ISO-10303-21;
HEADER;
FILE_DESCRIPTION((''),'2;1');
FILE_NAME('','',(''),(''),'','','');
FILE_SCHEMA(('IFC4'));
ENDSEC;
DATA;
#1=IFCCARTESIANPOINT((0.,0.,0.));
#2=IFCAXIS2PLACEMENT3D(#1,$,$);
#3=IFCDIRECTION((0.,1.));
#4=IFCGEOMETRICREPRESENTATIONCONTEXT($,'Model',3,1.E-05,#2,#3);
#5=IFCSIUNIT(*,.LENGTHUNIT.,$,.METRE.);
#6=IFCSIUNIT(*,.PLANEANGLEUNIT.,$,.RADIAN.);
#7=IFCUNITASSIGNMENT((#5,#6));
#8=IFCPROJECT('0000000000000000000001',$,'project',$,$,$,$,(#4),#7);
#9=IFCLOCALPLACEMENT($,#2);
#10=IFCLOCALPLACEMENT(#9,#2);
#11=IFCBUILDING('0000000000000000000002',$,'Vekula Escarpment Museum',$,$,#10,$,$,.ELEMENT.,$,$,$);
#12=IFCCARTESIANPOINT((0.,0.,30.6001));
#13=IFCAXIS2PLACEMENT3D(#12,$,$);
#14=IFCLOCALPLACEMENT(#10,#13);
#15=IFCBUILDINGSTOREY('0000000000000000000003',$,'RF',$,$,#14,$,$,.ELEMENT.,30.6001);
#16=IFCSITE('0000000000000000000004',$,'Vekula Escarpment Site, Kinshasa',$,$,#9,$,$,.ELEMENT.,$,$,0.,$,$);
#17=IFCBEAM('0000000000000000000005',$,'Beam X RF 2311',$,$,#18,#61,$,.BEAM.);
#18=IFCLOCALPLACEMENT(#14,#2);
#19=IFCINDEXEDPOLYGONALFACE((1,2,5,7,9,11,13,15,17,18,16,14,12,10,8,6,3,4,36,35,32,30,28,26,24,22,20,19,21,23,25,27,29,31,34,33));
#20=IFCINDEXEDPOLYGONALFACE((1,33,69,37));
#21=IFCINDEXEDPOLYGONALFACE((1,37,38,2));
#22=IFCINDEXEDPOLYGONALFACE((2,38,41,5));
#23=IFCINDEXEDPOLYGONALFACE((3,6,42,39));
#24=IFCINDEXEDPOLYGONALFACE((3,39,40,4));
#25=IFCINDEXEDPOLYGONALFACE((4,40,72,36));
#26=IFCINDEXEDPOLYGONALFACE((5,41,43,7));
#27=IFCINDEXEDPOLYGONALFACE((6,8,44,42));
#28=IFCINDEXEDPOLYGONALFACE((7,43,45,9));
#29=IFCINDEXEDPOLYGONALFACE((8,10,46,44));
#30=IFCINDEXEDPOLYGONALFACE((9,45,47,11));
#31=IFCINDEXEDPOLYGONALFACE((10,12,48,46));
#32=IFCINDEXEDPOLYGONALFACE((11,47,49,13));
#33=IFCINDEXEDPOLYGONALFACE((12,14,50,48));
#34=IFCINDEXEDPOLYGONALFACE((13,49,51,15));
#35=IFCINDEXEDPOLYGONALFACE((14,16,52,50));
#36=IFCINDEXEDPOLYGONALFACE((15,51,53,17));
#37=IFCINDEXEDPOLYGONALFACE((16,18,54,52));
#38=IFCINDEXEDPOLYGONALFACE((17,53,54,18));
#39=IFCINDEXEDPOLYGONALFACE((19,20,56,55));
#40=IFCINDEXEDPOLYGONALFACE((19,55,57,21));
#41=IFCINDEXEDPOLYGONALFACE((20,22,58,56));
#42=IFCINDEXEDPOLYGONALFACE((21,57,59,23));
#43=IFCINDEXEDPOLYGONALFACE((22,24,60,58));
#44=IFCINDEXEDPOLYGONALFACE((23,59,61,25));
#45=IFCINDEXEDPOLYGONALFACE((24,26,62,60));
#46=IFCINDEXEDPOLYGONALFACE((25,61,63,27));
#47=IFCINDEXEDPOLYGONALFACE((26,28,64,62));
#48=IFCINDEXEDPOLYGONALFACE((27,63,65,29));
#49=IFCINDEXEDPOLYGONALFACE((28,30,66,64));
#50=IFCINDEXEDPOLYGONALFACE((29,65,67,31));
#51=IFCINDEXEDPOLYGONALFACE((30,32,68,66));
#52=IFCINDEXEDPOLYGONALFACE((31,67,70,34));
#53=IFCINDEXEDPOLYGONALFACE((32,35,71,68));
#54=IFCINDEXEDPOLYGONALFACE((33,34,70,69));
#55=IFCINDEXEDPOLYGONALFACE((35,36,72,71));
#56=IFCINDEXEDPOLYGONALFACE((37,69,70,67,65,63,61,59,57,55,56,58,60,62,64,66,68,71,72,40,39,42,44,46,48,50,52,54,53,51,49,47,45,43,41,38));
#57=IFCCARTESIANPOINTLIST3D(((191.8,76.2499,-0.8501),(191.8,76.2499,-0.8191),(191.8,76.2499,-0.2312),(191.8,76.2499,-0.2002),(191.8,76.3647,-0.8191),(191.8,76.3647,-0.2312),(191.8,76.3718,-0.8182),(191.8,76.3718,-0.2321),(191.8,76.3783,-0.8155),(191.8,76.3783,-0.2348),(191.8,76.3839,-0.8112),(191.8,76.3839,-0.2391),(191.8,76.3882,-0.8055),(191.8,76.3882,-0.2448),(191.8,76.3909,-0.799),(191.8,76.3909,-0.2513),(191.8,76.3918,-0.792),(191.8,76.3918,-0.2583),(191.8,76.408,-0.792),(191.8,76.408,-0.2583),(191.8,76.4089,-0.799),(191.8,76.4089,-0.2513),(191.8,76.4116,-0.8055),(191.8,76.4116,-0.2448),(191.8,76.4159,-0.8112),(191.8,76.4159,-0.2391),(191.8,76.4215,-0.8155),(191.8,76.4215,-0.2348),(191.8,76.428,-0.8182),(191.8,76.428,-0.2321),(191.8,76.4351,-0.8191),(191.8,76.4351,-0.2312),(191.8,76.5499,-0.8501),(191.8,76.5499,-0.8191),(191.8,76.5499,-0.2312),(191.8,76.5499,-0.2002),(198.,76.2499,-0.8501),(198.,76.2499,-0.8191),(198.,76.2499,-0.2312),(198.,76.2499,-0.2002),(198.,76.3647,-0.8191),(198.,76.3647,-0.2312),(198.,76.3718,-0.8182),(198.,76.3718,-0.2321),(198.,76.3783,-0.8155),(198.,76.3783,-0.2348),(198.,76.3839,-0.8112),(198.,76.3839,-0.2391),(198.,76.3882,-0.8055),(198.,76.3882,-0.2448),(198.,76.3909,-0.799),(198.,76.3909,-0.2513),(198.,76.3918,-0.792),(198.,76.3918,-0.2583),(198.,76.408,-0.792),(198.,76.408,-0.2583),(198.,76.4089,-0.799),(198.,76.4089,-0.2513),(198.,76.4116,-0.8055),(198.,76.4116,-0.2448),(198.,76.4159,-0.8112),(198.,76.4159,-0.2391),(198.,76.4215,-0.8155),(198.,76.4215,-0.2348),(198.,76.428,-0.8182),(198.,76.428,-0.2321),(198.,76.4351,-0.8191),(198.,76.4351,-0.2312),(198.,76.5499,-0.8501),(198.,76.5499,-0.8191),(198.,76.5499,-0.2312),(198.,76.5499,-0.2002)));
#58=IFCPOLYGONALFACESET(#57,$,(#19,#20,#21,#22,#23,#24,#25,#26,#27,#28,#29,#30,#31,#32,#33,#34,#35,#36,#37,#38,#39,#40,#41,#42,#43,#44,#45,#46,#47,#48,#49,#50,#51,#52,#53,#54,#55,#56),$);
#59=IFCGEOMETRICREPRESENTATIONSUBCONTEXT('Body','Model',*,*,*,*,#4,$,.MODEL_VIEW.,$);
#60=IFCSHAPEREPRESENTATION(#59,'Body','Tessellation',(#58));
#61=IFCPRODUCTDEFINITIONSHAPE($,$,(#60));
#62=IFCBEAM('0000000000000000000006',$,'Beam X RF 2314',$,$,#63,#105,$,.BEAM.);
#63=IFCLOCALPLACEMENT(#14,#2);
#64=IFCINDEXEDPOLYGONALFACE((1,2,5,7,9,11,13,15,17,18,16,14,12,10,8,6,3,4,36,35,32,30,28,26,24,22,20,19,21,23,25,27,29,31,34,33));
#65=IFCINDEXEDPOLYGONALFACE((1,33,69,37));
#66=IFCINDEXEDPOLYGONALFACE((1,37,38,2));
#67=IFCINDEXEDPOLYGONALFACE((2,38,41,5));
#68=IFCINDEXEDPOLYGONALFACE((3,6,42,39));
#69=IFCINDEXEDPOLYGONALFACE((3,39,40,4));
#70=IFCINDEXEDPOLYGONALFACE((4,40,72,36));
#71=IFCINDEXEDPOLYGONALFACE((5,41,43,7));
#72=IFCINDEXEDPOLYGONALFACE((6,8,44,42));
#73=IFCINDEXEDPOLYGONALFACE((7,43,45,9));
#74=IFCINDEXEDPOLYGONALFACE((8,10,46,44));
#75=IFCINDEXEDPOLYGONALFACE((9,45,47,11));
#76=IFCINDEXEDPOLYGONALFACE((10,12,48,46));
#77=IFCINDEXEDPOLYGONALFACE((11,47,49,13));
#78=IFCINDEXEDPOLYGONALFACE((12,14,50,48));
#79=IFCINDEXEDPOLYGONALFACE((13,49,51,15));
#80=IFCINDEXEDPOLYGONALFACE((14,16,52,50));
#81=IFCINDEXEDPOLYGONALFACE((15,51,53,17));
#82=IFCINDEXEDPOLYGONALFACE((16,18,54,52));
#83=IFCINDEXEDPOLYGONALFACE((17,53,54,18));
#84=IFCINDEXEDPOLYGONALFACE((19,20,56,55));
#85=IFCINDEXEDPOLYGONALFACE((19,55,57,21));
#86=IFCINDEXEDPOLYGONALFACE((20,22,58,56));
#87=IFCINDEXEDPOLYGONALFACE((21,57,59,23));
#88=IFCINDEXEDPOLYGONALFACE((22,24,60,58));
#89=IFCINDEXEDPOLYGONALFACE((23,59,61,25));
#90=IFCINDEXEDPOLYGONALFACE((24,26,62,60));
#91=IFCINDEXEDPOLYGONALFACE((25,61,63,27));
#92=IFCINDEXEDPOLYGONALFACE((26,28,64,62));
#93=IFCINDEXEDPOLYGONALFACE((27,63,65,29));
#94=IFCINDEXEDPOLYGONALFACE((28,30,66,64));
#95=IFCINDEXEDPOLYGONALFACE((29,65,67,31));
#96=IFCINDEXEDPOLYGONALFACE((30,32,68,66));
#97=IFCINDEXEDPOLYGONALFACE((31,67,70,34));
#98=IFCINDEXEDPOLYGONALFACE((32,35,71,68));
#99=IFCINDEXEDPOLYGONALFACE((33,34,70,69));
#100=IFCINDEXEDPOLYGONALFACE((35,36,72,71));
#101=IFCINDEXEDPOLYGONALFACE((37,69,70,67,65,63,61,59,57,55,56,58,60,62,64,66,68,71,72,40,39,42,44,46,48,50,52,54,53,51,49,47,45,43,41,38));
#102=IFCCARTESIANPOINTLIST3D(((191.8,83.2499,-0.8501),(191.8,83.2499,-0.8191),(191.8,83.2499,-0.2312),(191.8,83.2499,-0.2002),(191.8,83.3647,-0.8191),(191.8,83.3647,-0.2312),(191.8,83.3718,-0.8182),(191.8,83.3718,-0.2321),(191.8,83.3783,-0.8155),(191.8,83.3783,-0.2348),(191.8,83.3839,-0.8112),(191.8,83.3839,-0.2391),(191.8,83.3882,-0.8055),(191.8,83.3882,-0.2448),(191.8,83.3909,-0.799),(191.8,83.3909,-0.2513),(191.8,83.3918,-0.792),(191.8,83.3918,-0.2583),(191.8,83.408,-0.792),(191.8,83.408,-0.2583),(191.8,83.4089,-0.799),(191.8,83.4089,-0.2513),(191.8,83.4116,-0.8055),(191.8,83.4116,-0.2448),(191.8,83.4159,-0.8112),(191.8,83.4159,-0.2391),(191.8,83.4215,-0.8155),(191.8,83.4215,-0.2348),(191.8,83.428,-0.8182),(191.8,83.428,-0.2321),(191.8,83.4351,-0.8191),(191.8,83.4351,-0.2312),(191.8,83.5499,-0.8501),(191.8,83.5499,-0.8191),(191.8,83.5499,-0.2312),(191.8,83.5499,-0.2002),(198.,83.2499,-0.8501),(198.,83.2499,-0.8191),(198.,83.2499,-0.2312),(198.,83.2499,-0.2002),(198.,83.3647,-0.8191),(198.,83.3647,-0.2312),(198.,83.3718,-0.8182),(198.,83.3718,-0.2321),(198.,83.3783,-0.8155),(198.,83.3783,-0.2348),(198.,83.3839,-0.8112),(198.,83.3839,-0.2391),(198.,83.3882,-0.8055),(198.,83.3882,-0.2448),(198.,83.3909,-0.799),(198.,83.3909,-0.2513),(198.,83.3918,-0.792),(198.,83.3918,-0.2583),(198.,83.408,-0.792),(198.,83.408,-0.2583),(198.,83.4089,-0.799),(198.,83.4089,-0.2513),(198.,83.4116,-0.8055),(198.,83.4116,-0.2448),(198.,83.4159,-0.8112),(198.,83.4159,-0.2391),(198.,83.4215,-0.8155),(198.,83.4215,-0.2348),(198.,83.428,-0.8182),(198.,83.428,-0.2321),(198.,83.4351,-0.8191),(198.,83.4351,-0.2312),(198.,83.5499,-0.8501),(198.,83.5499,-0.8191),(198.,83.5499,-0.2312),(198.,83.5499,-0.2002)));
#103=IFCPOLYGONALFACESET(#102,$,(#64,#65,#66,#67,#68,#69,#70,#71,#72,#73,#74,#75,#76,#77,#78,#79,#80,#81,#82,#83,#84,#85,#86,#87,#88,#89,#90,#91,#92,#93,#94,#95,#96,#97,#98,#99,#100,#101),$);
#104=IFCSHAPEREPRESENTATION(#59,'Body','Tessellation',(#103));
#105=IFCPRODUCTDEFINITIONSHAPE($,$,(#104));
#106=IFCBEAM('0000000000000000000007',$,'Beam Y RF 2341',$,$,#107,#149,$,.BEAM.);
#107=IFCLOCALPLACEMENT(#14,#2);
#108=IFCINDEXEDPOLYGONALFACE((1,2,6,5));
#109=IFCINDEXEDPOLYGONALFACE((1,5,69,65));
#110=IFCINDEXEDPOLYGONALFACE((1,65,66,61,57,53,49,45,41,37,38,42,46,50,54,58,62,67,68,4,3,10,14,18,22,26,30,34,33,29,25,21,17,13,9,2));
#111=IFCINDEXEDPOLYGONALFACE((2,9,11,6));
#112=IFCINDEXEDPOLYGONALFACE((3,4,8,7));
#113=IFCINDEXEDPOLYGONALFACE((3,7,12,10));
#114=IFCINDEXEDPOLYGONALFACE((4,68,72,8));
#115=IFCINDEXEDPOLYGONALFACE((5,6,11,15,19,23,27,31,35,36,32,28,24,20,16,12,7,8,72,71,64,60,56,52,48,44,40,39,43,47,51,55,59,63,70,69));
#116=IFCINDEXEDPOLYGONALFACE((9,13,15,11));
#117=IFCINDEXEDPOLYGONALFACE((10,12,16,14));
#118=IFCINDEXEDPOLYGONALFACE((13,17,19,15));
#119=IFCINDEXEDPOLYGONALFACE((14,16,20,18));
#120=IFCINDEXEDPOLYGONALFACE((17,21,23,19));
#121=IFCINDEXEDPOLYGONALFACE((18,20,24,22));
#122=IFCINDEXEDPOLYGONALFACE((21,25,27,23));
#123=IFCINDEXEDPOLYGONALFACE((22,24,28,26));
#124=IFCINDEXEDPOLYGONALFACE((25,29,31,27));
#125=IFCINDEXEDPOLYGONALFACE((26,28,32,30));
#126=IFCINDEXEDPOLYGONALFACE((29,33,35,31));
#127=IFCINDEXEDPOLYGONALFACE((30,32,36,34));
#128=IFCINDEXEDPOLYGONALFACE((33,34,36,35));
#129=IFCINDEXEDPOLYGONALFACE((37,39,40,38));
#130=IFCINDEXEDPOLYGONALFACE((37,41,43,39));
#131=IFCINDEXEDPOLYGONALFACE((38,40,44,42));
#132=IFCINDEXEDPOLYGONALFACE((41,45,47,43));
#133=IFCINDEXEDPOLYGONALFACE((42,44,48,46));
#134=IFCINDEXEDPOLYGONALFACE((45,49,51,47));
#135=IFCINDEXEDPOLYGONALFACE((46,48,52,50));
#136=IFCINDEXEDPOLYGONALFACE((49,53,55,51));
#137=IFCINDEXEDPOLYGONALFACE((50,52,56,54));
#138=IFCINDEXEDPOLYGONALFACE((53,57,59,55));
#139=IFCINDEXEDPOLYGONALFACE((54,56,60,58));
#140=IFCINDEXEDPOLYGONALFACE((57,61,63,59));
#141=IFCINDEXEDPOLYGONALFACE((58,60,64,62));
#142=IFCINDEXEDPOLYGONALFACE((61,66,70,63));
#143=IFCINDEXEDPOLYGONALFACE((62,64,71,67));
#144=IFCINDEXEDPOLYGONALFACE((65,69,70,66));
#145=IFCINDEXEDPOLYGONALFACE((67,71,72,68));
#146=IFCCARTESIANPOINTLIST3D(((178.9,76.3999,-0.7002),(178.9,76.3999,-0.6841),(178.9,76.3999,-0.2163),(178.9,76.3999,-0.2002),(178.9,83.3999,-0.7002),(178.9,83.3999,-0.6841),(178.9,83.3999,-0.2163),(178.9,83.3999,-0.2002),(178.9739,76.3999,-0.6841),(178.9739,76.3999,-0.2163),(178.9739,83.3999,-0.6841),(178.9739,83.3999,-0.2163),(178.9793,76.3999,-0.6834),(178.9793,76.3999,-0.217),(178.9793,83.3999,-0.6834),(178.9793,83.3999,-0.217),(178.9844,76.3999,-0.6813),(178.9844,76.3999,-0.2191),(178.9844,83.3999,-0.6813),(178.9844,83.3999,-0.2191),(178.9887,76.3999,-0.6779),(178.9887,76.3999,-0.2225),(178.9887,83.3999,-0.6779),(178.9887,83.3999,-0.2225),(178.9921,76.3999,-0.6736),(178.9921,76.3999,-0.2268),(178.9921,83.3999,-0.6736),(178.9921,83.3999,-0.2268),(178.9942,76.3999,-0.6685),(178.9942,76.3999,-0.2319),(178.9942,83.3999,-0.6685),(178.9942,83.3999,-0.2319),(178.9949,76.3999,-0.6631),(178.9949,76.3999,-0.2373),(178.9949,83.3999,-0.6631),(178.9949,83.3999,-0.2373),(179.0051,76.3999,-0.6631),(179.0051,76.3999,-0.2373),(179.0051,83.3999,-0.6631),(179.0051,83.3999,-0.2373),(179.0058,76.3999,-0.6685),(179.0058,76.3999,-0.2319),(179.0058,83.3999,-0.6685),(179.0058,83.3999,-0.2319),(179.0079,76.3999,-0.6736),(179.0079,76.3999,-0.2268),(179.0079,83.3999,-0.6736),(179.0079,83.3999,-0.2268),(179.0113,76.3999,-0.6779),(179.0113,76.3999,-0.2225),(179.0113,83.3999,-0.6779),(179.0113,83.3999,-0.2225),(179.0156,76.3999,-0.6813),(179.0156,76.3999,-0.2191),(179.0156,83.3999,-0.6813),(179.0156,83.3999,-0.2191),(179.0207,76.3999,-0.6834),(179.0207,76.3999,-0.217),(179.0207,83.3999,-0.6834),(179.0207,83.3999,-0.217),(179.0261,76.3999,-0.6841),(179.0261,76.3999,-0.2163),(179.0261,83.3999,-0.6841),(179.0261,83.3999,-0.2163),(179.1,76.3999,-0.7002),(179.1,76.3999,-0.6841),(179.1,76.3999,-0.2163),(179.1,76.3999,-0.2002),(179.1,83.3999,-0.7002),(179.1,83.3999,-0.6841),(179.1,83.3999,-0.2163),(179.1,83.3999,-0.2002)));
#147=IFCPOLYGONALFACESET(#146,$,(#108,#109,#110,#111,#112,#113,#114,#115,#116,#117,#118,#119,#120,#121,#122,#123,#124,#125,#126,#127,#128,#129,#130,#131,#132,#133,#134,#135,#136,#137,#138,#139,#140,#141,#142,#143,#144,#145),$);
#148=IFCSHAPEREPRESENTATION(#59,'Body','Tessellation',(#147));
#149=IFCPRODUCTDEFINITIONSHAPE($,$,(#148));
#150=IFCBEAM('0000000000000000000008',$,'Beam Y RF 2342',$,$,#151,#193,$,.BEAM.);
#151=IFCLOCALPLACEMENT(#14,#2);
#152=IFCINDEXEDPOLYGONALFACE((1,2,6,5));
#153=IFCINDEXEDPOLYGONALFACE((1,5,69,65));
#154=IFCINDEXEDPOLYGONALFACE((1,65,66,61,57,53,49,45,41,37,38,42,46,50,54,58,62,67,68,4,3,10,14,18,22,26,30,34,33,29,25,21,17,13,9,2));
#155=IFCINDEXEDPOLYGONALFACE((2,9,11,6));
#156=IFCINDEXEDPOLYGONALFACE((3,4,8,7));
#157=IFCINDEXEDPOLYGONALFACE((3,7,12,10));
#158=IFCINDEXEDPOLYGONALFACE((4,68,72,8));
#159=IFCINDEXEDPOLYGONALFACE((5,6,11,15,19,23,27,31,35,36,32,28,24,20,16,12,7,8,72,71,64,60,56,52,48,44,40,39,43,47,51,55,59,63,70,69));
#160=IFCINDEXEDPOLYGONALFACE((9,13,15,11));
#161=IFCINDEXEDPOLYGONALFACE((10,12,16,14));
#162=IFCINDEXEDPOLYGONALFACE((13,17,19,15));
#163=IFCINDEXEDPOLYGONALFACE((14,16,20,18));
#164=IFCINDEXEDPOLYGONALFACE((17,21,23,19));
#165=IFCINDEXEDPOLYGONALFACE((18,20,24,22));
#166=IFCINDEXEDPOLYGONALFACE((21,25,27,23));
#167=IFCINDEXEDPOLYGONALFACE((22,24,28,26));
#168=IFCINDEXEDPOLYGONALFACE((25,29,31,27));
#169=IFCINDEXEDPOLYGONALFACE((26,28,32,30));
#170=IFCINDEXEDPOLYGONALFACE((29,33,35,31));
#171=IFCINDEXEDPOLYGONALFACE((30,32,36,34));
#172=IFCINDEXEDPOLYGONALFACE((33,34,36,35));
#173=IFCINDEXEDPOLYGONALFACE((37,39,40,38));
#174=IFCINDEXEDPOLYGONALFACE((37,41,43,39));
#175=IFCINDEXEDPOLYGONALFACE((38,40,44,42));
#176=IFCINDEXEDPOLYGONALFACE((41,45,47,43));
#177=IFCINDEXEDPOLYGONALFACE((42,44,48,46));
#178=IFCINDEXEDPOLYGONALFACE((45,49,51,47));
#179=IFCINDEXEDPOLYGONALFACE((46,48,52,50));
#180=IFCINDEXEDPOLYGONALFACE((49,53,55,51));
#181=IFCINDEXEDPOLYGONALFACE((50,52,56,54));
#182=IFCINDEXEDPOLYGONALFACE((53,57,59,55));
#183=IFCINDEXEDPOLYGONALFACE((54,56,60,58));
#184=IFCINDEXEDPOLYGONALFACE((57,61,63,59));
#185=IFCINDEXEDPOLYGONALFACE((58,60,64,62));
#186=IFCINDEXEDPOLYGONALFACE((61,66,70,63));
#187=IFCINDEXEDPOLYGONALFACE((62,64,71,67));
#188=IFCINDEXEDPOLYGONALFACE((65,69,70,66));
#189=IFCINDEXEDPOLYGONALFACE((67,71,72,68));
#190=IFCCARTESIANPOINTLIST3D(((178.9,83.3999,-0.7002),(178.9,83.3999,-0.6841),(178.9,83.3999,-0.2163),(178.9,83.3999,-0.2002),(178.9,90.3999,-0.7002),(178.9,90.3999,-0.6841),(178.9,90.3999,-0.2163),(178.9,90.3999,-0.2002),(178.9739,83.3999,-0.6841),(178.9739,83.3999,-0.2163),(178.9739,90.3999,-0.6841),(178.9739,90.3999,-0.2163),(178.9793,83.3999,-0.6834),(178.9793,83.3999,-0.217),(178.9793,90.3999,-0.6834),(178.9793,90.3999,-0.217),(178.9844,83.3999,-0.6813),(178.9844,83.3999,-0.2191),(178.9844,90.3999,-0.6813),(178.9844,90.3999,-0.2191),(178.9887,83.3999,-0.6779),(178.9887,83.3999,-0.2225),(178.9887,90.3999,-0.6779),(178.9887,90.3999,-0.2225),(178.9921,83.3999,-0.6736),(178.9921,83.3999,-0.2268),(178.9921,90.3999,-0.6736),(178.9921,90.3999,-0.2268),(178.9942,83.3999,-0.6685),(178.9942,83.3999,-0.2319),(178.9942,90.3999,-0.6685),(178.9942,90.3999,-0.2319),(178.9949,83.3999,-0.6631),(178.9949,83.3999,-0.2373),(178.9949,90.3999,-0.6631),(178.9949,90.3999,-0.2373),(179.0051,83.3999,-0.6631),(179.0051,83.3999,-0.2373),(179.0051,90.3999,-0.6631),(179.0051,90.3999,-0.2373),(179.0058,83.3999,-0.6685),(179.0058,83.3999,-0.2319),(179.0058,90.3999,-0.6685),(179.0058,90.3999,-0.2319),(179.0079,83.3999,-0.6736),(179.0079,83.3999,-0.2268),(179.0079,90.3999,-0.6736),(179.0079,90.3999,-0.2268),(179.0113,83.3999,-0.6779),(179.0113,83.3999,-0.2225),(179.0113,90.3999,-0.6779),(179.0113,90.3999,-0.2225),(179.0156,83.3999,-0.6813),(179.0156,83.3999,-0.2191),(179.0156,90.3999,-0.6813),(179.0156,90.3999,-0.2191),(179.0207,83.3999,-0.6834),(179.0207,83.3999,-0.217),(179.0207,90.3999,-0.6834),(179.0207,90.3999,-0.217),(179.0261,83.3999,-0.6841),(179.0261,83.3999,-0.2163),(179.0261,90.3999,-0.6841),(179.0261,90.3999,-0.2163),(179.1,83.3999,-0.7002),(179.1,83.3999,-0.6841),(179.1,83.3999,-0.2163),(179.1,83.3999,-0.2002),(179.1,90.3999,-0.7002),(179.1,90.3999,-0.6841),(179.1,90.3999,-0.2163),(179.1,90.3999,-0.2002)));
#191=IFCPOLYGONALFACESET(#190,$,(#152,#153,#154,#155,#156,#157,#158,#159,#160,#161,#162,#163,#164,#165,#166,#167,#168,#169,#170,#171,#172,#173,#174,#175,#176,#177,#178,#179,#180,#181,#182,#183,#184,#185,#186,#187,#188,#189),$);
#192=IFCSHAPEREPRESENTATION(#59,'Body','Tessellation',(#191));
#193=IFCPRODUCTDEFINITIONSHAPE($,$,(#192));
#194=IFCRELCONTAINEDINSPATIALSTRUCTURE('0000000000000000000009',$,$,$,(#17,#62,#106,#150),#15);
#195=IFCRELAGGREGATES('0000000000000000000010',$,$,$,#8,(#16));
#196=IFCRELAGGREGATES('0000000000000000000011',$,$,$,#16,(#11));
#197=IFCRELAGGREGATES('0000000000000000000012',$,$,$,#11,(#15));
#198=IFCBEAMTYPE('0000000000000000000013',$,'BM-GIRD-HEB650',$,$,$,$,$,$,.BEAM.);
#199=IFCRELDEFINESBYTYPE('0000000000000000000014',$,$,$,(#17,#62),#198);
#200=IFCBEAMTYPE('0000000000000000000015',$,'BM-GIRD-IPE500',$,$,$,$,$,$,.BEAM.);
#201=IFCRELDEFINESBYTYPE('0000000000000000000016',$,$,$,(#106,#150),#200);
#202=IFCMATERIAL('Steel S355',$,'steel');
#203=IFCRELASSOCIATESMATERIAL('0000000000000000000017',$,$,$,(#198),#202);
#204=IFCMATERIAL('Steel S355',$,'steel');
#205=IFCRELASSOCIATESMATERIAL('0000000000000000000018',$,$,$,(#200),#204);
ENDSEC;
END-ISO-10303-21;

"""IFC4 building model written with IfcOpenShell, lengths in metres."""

from ifc_helpers import new_model, si_unit, direction, frame, origin, origin_2d, place, context, subcontext, project, spatial, i_section, extrude, material, material_profile, profile_set, type_object, element, save


model = new_model("IFC4")

# Units and contexts
model_context = context("Model", 3, precision=1e-05, world=origin(), true_north=direction((0.0, 1.0)))
body_context = subcontext(model_context, "Body", "Model", "MODEL_VIEW")
ifc_project = project(units=[si_unit("LENGTHUNIT", "METRE"), si_unit("PLANEANGLEUNIT", "RADIAN")], contexts=[model_context])

# Site, building, storey
site_placement = place(None, origin())
site = spatial("IfcSite", under=ifc_project, at=site_placement, Name="Vekula Escarpment Site, Kinshasa", CompositionType="ELEMENT", RefElevation=0.0)
building_placement = place(site_placement, origin())
building = spatial("IfcBuilding", under=site, at=building_placement, Name="Vekula Escarpment Museum", CompositionType="ELEMENT")
storey_placement = place(building_placement, frame((0.0, 0.0, 30.6001)))
storey = spatial("IfcBuildingStorey", under=building, at=storey_placement, Name="RF", CompositionType="ELEMENT", Elevation=30.6001)

# Beams
ifc_material_1 = material(Name="Steel S355", Category="steel")
ifc_material_profile_1 = material_profile(ifc_material_1, i_section(OverallWidth=0.3, OverallDepth=0.6499, WebThickness=0.0161, FlangeThickness=0.031, FilletRadius=0.0271, at=origin_2d()), Name="HEB 650")
ifc_profile_set_1 = profile_set([ifc_material_profile_1], Name="Steel S355")
beam_type_1 = type_object("IfcBeamType", Name="BM-GIRD-HEB650", PredefinedType="BEAM", material=ifc_profile_set_1)
for number, where, z_axis, x_axis, name in (
    (1, (191.8, 76.3999, -0.5251), (1.0, 0.0, 0.0), (0.0, 1.0, 0.0), "Beam X RF 2311"),
    (2, (191.8, 83.3999, -0.5251), (1.0, 0.0, 0.0), (0.0, 1.0, 0.0), "Beam X RF 2314"),
):
    element("IfcBeam", number, at=place(storey_placement, frame(where, z_axis=z_axis, x_axis=x_axis)), inside=storey, type_object=beam_type_1, Name=name, PredefinedType="BEAM", context=body_context, shape_type="SweptSolid", body=[
        extrude(i_section(OverallWidth=0.3, OverallDepth=0.6499, WebThickness=0.0161, FlangeThickness=0.031, FilletRadius=0.0271, at=origin_2d()), origin(), (0.0, 0.0, 1.0), 6.2),
    ])
ifc_material_2 = material(Name="Steel S355", Category="steel")
ifc_material_profile_2 = material_profile(ifc_material_2, i_section(OverallWidth=0.2, OverallDepth=0.5, WebThickness=0.0103, FlangeThickness=0.0161, FilletRadius=0.021, at=origin_2d()), Name="IPE 500")
ifc_profile_set_2 = profile_set([ifc_material_profile_2], Name="Steel S355")
beam_type_2 = type_object("IfcBeamType", Name="BM-GIRD-IPE500", PredefinedType="BEAM", material=ifc_profile_set_2)
for number, where, z_axis, x_axis, name in (
    (3, (179.0, 76.3999, -0.4502), (0.0, 1.0, 0.0), (-1.0, 0.0, 0.0), "Beam Y RF 2341"),
    (4, (179.0, 83.3999, -0.4502), (0.0, 1.0, 0.0), (-1.0, 0.0, 0.0), "Beam Y RF 2342"),
):
    element("IfcBeam", number, at=place(storey_placement, frame(where, z_axis=z_axis, x_axis=x_axis)), inside=storey, type_object=beam_type_2, Name=name, PredefinedType="BEAM", context=body_context, shape_type="SweptSolid", body=[
        extrude(i_section(OverallWidth=0.2, OverallDepth=0.5, WebThickness=0.0103, FlangeThickness=0.0161, FilletRadius=0.021, at=origin_2d()), origin(), (0.0, 0.0, 1.0), 7.0),
    ])

save(model, "model.ifc")
